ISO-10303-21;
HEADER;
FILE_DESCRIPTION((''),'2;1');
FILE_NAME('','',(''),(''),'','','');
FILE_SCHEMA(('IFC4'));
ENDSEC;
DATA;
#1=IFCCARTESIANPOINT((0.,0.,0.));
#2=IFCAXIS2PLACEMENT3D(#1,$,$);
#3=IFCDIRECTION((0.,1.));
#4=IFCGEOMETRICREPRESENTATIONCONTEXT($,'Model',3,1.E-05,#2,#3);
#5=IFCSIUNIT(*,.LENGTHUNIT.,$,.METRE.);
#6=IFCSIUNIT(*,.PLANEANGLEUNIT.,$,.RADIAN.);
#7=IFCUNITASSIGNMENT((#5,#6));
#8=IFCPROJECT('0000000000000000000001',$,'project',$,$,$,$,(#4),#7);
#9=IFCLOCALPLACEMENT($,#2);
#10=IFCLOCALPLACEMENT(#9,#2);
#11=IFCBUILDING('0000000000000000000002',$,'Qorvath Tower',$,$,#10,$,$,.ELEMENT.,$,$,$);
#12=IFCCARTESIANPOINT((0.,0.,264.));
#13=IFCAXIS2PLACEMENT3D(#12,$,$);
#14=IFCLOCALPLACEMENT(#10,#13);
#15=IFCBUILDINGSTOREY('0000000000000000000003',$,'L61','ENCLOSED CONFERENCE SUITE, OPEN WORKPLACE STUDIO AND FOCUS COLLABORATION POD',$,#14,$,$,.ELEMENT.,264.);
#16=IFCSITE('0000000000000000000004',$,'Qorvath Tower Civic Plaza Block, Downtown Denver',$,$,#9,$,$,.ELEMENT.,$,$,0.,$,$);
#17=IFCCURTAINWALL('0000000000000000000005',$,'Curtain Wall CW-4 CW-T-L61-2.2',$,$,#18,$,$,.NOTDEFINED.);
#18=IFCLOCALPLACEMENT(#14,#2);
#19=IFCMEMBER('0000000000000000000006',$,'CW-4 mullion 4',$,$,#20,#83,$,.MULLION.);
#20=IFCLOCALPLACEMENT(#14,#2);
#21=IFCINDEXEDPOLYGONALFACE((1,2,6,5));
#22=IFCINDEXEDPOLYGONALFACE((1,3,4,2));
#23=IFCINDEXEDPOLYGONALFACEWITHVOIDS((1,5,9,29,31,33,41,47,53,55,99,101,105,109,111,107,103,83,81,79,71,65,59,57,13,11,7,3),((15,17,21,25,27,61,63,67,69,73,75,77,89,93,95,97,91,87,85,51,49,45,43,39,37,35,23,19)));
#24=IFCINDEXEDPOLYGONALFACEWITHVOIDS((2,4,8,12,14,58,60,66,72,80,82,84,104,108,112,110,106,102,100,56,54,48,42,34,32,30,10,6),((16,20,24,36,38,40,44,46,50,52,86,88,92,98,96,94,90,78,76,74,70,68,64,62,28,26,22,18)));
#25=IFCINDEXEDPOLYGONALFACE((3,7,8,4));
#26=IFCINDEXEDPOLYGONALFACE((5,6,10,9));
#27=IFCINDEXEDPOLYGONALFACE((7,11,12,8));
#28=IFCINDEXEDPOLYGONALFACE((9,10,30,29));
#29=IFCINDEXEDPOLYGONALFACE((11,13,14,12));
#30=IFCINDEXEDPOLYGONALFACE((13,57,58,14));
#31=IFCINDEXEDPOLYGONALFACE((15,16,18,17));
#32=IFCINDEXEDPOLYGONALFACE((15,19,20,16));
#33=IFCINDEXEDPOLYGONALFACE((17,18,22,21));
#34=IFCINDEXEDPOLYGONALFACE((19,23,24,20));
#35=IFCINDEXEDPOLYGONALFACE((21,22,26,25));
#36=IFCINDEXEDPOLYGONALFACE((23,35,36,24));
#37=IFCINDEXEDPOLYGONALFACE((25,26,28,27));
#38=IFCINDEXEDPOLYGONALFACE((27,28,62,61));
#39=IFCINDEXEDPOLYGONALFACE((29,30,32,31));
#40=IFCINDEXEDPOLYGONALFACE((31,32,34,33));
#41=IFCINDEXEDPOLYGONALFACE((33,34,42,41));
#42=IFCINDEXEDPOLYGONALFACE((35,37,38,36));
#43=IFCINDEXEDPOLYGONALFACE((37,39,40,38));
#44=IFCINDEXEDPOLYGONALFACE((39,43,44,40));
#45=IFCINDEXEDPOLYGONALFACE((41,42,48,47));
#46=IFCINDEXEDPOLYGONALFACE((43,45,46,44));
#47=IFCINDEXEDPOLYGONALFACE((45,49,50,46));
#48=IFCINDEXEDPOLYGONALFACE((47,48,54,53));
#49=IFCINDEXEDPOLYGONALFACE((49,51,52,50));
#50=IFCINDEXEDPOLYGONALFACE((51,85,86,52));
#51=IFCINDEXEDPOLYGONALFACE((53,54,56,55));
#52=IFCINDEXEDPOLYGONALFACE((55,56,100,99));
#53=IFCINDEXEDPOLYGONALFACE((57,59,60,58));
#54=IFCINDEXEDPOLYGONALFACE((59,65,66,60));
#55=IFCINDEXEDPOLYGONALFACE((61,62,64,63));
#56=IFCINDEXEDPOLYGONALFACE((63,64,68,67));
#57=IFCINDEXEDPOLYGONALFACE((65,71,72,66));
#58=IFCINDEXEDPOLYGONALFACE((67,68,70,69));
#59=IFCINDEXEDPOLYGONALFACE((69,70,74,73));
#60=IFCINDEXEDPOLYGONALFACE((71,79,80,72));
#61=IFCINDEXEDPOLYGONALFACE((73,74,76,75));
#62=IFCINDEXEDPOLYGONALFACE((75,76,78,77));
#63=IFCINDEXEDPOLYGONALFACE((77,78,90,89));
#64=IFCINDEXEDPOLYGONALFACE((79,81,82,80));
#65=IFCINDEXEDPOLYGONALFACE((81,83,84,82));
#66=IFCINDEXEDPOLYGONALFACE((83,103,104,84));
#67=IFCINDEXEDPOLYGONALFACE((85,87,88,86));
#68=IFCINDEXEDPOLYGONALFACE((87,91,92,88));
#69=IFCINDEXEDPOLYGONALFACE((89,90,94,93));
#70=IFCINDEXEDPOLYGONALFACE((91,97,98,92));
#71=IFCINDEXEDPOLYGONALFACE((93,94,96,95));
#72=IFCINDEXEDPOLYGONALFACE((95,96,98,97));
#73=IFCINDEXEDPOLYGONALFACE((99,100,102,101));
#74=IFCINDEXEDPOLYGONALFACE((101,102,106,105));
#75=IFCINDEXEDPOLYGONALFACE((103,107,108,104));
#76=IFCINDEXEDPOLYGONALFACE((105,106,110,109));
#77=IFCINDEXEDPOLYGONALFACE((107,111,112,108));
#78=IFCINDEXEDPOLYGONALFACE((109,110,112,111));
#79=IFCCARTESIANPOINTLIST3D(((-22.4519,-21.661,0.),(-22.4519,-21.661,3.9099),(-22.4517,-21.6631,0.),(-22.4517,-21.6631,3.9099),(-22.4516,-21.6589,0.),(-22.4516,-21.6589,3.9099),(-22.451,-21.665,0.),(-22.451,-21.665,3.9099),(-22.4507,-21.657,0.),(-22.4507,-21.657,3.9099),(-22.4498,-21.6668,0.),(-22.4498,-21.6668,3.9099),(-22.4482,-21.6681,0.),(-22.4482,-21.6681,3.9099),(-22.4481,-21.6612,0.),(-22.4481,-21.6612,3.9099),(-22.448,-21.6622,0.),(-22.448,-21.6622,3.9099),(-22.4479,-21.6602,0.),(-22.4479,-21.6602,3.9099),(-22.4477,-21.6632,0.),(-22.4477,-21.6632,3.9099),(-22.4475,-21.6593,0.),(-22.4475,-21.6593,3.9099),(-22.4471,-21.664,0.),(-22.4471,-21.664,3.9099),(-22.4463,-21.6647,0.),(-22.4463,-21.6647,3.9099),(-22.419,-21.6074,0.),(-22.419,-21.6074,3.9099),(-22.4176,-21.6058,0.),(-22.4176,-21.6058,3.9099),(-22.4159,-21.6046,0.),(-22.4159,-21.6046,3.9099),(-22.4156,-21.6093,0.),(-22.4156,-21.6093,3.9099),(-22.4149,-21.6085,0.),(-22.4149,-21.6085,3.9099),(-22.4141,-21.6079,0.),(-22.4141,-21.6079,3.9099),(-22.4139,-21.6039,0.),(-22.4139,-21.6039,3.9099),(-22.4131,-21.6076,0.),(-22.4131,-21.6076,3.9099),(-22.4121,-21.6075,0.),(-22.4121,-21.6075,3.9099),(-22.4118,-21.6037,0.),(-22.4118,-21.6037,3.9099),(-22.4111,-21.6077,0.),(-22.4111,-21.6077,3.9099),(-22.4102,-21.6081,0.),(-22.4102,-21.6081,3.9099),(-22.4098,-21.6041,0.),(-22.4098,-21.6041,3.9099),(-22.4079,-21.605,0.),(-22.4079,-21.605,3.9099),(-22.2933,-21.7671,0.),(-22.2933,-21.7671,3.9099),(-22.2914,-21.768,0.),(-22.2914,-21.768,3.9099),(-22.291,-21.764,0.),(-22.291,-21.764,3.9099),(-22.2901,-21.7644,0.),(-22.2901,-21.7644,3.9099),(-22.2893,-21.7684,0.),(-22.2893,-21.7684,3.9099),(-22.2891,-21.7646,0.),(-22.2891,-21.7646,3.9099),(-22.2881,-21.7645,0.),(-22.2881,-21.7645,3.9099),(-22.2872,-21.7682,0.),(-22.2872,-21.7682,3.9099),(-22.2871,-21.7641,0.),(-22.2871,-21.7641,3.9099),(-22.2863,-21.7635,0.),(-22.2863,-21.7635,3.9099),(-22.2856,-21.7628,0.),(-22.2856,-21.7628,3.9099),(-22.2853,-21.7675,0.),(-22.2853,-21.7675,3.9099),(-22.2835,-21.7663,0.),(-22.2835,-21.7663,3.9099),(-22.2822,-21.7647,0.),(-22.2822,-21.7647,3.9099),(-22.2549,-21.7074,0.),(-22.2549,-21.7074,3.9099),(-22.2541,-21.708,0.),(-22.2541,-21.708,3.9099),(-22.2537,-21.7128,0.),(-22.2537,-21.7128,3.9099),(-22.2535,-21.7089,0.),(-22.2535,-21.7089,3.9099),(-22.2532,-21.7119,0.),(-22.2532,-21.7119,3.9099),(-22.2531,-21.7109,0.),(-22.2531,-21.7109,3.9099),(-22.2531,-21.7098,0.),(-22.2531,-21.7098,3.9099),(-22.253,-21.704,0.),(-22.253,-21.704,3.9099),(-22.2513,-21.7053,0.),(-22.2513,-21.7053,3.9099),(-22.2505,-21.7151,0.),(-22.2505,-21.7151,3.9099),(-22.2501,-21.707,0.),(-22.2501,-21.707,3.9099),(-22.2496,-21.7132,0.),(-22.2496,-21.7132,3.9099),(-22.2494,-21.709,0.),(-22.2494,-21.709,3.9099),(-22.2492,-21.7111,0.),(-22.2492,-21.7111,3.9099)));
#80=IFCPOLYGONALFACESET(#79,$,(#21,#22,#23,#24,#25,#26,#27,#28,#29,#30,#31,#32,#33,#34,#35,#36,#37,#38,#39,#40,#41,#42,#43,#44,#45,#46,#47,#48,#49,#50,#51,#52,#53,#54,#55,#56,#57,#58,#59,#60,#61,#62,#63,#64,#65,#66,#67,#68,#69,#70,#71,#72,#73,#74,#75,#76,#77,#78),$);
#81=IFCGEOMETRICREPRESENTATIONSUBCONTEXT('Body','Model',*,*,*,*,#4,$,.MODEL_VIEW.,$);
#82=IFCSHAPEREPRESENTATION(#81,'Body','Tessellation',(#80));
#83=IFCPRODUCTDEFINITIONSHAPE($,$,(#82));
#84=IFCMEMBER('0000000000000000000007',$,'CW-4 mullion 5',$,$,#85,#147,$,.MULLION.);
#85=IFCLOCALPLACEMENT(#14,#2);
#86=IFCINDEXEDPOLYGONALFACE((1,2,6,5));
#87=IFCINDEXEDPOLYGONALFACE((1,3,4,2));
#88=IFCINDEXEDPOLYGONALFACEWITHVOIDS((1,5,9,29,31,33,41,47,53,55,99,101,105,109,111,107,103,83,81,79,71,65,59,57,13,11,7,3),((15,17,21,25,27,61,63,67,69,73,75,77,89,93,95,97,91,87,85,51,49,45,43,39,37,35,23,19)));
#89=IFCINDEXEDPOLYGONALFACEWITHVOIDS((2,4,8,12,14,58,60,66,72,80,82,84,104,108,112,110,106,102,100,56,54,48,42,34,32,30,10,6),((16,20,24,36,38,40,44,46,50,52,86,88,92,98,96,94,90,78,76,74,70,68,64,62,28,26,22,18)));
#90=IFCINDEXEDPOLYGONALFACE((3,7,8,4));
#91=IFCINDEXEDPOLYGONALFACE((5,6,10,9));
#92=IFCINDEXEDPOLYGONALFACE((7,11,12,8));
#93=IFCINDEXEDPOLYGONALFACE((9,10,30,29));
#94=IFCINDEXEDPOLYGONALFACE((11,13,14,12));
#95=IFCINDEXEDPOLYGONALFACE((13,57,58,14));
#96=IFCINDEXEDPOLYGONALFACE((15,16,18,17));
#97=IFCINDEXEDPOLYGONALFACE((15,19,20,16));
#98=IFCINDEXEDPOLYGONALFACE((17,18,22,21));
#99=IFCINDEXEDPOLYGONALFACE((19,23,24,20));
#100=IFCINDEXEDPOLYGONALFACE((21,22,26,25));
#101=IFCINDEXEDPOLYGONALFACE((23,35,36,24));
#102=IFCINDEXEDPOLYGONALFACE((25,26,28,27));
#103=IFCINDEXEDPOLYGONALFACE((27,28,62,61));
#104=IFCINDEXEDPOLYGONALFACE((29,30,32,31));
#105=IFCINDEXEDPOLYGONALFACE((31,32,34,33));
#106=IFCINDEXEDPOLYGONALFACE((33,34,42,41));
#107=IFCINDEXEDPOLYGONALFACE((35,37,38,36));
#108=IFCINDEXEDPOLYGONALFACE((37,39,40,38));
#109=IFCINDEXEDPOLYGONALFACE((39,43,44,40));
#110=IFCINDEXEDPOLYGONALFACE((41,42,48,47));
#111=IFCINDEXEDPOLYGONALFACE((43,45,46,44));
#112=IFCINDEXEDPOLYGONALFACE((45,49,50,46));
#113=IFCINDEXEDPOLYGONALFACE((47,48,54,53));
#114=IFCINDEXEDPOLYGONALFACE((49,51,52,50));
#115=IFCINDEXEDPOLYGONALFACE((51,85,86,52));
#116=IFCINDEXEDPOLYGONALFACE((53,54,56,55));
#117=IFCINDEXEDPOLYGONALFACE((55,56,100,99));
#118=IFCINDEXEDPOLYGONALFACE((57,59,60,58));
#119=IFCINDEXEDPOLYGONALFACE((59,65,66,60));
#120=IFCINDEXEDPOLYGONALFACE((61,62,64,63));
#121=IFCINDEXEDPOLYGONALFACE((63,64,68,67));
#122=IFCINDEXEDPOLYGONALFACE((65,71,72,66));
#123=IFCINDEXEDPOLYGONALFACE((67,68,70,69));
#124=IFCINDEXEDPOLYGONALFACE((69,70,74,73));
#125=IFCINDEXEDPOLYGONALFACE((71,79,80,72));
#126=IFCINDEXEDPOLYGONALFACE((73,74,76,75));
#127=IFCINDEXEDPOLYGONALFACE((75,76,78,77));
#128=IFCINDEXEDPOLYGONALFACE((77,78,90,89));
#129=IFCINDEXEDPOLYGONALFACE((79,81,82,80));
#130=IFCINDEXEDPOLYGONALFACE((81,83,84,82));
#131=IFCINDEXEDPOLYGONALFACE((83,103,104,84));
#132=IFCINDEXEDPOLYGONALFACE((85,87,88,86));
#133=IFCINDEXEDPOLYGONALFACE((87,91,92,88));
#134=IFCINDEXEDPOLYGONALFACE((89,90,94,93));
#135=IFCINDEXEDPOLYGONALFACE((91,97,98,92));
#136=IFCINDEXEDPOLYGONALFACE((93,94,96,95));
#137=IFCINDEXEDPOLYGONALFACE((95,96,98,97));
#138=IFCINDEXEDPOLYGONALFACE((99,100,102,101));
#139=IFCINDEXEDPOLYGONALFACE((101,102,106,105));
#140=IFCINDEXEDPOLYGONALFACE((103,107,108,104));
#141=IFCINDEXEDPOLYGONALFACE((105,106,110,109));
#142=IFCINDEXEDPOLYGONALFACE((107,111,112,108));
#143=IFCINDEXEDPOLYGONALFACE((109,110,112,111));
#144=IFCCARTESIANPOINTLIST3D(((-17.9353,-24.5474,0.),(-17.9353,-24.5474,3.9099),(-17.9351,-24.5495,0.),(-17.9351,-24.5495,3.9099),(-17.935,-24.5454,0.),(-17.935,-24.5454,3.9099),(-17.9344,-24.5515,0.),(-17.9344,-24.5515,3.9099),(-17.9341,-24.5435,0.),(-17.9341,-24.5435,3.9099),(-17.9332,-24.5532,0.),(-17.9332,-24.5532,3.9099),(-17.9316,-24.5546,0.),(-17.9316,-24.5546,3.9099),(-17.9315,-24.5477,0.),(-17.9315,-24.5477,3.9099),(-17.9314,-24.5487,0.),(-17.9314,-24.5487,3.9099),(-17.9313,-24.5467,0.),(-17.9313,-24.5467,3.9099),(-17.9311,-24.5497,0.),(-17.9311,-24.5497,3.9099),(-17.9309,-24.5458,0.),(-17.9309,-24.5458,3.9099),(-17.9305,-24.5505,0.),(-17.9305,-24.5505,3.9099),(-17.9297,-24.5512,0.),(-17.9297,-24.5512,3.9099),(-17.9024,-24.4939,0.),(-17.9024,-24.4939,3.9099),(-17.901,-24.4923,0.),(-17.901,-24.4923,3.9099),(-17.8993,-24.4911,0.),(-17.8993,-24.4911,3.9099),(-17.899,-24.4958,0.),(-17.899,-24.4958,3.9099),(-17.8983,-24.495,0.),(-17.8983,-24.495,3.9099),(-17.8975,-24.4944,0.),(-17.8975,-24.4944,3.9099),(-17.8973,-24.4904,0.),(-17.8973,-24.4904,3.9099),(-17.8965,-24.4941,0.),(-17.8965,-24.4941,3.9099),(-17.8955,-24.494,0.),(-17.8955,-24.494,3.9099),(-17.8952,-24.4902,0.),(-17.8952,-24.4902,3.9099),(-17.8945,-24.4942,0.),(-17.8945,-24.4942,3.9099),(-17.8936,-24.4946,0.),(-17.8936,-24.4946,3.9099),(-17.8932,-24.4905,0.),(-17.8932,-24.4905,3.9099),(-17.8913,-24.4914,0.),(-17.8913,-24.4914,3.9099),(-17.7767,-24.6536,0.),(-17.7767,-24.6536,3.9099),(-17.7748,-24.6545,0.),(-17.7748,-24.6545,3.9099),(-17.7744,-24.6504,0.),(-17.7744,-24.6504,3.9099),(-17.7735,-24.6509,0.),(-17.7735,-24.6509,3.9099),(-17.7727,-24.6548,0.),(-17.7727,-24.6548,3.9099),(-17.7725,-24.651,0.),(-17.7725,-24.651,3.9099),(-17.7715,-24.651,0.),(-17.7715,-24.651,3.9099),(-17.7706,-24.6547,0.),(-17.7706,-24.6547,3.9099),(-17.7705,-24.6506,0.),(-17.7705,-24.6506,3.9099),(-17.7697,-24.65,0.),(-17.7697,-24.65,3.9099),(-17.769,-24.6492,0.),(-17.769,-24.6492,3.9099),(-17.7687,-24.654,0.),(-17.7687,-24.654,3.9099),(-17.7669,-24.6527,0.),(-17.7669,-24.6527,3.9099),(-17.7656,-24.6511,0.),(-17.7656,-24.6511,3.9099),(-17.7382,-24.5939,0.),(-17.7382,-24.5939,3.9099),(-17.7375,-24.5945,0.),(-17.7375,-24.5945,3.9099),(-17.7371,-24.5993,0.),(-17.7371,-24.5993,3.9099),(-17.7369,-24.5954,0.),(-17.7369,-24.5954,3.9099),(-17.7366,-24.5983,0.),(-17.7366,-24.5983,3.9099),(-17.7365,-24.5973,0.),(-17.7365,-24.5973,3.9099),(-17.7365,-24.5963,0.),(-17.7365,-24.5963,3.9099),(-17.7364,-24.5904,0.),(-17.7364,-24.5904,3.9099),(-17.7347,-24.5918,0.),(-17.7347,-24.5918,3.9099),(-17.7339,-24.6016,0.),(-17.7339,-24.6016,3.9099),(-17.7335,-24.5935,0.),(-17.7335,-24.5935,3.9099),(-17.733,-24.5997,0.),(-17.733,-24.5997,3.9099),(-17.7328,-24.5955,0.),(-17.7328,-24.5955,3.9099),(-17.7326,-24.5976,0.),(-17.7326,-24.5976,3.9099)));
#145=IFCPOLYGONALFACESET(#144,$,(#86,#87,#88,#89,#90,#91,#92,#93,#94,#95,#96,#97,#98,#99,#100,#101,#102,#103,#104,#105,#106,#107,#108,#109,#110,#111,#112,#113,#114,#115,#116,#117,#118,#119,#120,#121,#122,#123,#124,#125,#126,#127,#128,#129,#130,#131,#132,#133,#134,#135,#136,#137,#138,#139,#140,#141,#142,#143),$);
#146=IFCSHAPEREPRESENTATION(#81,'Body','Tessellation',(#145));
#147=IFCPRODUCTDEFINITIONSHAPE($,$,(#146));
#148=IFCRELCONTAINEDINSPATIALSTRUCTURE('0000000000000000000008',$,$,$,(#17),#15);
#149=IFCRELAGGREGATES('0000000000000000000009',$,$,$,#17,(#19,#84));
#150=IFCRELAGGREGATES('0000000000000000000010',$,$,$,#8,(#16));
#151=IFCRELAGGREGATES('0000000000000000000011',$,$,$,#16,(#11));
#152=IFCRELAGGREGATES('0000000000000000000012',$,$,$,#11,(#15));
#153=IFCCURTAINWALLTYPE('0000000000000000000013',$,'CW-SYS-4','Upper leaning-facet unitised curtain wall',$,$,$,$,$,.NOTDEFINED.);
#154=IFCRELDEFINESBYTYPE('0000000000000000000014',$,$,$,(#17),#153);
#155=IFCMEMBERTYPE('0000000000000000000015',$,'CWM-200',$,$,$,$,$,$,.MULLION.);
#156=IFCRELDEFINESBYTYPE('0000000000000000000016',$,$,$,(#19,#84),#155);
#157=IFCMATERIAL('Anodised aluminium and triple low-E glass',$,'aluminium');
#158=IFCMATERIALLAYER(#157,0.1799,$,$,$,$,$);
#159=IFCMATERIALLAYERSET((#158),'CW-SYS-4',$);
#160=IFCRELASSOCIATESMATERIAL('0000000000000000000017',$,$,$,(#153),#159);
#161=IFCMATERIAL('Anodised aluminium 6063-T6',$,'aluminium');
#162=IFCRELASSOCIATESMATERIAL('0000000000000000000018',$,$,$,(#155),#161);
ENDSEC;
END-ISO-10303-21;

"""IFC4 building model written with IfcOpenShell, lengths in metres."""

from ifc_helpers import new_model, si_unit, direction, frame, origin, origin_2d, place, context, subcontext, project, spatial, hollow_rectangle, extrude, material, layer, layer_set, material_profile, profile_set, type_object, element, aggregate, save


model = new_model("IFC4")

# Units and contexts
model_context = context("Model", 3, precision=1e-05, world=origin(), true_north=direction((0.0, 1.0)))
body_context = subcontext(model_context, "Body", "Model", "MODEL_VIEW")
ifc_project = project(units=[si_unit("LENGTHUNIT", "METRE"), si_unit("PLANEANGLEUNIT", "RADIAN")], contexts=[model_context])

# Site, building, storey
site_placement = place(None, origin())
site = spatial("IfcSite", under=ifc_project, at=site_placement, Name="Qorvath Tower Civic Plaza Block, Downtown Denver", CompositionType="ELEMENT", RefElevation=0.0)
building_placement = place(site_placement, origin())
building = spatial("IfcBuilding", under=site, at=building_placement, Name="Qorvath Tower", CompositionType="ELEMENT")
storey_placement = place(building_placement, frame((0.0, 0.0, 264.0)))
storey = spatial("IfcBuildingStorey", under=building, at=storey_placement, Name="L61", Description="ENCLOSED CONFERENCE SUITE, OPEN WORKPLACE STUDIO AND FOCUS COLLABORATION POD", CompositionType="ELEMENT", Elevation=264.0)

# Curtain wall, members
ifc_material_1 = material(Name="Anodised aluminium and triple low-E glass", Category="aluminium")
ifc_layer_1 = layer(ifc_material_1, 0.1799)
ifc_layer_set_1 = layer_set([ifc_layer_1], Name="CW-SYS-4")
curtain_wall_type = type_object("IfcCurtainWallType", Name="CW-SYS-4", Description="Upper leaning-facet unitised curtain wall", PredefinedType="NOTDEFINED", material=ifc_layer_set_1)
curtain_wall_1_placement = place(storey_placement, origin())
curtain_wall_1 = element("IfcCurtainWall", 1, at=curtain_wall_1_placement, inside=storey, type_object=curtain_wall_type, Name="Curtain Wall CW-4 CW-T-L61-2.2", PredefinedType="NOTDEFINED")
ifc_material_2 = material(Name="Anodised aluminium 6063-T6", Category="aluminium")
ifc_material_profile_1 = material_profile(ifc_material_2, hollow_rectangle(XDim=0.075, YDim=0.2, WallThickness=0.0039, InnerFilletRadius=0.0039, OuterFilletRadius=0.0081, at=origin_2d()), Name="CWM 200x75")
ifc_profile_set_1 = profile_set([ifc_material_profile_1], Name="Anodised aluminium 6063-T6")
member_type_1 = type_object("IfcMemberType", Name="CWM-200", PredefinedType="MULLION", material=ifc_profile_set_1)
member_1_placement = place(storey_placement, frame((-22.3506, -21.686, 0.0), z_axis=(0.0, 0.0, 1.0), x_axis=(0.538536, 0.842602, 0.0)))
member_1 = element("IfcMember", 2, at=member_1_placement, type_object=member_type_1, Name="CW-4 mullion 4", PredefinedType="MULLION", context=body_context, shape_type="SweptSolid", body=[
    extrude(hollow_rectangle(XDim=0.075, YDim=0.2, WallThickness=0.0039, InnerFilletRadius=0.0039, OuterFilletRadius=0.0081, at=origin_2d()), origin(), (0.0, 0.0, 1.0), 3.9099),
])
member_2_placement = place(storey_placement, frame((-17.834, -24.5725, 0.0), z_axis=(0.0, 0.0, 1.0), x_axis=(0.538536, 0.842602, 0.0)))
member_2 = element("IfcMember", 3, at=member_2_placement, type_object=member_type_1, Name="CW-4 mullion 5", PredefinedType="MULLION", context=body_context, shape_type="SweptSolid", body=[
    extrude(hollow_rectangle(XDim=0.075, YDim=0.2, WallThickness=0.0039, InnerFilletRadius=0.0039, OuterFilletRadius=0.0081, at=origin_2d()), origin(), (0.0, 0.0, 1.0), 3.9099),
])

aggregate(curtain_wall_1, [member_1, member_2])

save(model, "model.ifc")
